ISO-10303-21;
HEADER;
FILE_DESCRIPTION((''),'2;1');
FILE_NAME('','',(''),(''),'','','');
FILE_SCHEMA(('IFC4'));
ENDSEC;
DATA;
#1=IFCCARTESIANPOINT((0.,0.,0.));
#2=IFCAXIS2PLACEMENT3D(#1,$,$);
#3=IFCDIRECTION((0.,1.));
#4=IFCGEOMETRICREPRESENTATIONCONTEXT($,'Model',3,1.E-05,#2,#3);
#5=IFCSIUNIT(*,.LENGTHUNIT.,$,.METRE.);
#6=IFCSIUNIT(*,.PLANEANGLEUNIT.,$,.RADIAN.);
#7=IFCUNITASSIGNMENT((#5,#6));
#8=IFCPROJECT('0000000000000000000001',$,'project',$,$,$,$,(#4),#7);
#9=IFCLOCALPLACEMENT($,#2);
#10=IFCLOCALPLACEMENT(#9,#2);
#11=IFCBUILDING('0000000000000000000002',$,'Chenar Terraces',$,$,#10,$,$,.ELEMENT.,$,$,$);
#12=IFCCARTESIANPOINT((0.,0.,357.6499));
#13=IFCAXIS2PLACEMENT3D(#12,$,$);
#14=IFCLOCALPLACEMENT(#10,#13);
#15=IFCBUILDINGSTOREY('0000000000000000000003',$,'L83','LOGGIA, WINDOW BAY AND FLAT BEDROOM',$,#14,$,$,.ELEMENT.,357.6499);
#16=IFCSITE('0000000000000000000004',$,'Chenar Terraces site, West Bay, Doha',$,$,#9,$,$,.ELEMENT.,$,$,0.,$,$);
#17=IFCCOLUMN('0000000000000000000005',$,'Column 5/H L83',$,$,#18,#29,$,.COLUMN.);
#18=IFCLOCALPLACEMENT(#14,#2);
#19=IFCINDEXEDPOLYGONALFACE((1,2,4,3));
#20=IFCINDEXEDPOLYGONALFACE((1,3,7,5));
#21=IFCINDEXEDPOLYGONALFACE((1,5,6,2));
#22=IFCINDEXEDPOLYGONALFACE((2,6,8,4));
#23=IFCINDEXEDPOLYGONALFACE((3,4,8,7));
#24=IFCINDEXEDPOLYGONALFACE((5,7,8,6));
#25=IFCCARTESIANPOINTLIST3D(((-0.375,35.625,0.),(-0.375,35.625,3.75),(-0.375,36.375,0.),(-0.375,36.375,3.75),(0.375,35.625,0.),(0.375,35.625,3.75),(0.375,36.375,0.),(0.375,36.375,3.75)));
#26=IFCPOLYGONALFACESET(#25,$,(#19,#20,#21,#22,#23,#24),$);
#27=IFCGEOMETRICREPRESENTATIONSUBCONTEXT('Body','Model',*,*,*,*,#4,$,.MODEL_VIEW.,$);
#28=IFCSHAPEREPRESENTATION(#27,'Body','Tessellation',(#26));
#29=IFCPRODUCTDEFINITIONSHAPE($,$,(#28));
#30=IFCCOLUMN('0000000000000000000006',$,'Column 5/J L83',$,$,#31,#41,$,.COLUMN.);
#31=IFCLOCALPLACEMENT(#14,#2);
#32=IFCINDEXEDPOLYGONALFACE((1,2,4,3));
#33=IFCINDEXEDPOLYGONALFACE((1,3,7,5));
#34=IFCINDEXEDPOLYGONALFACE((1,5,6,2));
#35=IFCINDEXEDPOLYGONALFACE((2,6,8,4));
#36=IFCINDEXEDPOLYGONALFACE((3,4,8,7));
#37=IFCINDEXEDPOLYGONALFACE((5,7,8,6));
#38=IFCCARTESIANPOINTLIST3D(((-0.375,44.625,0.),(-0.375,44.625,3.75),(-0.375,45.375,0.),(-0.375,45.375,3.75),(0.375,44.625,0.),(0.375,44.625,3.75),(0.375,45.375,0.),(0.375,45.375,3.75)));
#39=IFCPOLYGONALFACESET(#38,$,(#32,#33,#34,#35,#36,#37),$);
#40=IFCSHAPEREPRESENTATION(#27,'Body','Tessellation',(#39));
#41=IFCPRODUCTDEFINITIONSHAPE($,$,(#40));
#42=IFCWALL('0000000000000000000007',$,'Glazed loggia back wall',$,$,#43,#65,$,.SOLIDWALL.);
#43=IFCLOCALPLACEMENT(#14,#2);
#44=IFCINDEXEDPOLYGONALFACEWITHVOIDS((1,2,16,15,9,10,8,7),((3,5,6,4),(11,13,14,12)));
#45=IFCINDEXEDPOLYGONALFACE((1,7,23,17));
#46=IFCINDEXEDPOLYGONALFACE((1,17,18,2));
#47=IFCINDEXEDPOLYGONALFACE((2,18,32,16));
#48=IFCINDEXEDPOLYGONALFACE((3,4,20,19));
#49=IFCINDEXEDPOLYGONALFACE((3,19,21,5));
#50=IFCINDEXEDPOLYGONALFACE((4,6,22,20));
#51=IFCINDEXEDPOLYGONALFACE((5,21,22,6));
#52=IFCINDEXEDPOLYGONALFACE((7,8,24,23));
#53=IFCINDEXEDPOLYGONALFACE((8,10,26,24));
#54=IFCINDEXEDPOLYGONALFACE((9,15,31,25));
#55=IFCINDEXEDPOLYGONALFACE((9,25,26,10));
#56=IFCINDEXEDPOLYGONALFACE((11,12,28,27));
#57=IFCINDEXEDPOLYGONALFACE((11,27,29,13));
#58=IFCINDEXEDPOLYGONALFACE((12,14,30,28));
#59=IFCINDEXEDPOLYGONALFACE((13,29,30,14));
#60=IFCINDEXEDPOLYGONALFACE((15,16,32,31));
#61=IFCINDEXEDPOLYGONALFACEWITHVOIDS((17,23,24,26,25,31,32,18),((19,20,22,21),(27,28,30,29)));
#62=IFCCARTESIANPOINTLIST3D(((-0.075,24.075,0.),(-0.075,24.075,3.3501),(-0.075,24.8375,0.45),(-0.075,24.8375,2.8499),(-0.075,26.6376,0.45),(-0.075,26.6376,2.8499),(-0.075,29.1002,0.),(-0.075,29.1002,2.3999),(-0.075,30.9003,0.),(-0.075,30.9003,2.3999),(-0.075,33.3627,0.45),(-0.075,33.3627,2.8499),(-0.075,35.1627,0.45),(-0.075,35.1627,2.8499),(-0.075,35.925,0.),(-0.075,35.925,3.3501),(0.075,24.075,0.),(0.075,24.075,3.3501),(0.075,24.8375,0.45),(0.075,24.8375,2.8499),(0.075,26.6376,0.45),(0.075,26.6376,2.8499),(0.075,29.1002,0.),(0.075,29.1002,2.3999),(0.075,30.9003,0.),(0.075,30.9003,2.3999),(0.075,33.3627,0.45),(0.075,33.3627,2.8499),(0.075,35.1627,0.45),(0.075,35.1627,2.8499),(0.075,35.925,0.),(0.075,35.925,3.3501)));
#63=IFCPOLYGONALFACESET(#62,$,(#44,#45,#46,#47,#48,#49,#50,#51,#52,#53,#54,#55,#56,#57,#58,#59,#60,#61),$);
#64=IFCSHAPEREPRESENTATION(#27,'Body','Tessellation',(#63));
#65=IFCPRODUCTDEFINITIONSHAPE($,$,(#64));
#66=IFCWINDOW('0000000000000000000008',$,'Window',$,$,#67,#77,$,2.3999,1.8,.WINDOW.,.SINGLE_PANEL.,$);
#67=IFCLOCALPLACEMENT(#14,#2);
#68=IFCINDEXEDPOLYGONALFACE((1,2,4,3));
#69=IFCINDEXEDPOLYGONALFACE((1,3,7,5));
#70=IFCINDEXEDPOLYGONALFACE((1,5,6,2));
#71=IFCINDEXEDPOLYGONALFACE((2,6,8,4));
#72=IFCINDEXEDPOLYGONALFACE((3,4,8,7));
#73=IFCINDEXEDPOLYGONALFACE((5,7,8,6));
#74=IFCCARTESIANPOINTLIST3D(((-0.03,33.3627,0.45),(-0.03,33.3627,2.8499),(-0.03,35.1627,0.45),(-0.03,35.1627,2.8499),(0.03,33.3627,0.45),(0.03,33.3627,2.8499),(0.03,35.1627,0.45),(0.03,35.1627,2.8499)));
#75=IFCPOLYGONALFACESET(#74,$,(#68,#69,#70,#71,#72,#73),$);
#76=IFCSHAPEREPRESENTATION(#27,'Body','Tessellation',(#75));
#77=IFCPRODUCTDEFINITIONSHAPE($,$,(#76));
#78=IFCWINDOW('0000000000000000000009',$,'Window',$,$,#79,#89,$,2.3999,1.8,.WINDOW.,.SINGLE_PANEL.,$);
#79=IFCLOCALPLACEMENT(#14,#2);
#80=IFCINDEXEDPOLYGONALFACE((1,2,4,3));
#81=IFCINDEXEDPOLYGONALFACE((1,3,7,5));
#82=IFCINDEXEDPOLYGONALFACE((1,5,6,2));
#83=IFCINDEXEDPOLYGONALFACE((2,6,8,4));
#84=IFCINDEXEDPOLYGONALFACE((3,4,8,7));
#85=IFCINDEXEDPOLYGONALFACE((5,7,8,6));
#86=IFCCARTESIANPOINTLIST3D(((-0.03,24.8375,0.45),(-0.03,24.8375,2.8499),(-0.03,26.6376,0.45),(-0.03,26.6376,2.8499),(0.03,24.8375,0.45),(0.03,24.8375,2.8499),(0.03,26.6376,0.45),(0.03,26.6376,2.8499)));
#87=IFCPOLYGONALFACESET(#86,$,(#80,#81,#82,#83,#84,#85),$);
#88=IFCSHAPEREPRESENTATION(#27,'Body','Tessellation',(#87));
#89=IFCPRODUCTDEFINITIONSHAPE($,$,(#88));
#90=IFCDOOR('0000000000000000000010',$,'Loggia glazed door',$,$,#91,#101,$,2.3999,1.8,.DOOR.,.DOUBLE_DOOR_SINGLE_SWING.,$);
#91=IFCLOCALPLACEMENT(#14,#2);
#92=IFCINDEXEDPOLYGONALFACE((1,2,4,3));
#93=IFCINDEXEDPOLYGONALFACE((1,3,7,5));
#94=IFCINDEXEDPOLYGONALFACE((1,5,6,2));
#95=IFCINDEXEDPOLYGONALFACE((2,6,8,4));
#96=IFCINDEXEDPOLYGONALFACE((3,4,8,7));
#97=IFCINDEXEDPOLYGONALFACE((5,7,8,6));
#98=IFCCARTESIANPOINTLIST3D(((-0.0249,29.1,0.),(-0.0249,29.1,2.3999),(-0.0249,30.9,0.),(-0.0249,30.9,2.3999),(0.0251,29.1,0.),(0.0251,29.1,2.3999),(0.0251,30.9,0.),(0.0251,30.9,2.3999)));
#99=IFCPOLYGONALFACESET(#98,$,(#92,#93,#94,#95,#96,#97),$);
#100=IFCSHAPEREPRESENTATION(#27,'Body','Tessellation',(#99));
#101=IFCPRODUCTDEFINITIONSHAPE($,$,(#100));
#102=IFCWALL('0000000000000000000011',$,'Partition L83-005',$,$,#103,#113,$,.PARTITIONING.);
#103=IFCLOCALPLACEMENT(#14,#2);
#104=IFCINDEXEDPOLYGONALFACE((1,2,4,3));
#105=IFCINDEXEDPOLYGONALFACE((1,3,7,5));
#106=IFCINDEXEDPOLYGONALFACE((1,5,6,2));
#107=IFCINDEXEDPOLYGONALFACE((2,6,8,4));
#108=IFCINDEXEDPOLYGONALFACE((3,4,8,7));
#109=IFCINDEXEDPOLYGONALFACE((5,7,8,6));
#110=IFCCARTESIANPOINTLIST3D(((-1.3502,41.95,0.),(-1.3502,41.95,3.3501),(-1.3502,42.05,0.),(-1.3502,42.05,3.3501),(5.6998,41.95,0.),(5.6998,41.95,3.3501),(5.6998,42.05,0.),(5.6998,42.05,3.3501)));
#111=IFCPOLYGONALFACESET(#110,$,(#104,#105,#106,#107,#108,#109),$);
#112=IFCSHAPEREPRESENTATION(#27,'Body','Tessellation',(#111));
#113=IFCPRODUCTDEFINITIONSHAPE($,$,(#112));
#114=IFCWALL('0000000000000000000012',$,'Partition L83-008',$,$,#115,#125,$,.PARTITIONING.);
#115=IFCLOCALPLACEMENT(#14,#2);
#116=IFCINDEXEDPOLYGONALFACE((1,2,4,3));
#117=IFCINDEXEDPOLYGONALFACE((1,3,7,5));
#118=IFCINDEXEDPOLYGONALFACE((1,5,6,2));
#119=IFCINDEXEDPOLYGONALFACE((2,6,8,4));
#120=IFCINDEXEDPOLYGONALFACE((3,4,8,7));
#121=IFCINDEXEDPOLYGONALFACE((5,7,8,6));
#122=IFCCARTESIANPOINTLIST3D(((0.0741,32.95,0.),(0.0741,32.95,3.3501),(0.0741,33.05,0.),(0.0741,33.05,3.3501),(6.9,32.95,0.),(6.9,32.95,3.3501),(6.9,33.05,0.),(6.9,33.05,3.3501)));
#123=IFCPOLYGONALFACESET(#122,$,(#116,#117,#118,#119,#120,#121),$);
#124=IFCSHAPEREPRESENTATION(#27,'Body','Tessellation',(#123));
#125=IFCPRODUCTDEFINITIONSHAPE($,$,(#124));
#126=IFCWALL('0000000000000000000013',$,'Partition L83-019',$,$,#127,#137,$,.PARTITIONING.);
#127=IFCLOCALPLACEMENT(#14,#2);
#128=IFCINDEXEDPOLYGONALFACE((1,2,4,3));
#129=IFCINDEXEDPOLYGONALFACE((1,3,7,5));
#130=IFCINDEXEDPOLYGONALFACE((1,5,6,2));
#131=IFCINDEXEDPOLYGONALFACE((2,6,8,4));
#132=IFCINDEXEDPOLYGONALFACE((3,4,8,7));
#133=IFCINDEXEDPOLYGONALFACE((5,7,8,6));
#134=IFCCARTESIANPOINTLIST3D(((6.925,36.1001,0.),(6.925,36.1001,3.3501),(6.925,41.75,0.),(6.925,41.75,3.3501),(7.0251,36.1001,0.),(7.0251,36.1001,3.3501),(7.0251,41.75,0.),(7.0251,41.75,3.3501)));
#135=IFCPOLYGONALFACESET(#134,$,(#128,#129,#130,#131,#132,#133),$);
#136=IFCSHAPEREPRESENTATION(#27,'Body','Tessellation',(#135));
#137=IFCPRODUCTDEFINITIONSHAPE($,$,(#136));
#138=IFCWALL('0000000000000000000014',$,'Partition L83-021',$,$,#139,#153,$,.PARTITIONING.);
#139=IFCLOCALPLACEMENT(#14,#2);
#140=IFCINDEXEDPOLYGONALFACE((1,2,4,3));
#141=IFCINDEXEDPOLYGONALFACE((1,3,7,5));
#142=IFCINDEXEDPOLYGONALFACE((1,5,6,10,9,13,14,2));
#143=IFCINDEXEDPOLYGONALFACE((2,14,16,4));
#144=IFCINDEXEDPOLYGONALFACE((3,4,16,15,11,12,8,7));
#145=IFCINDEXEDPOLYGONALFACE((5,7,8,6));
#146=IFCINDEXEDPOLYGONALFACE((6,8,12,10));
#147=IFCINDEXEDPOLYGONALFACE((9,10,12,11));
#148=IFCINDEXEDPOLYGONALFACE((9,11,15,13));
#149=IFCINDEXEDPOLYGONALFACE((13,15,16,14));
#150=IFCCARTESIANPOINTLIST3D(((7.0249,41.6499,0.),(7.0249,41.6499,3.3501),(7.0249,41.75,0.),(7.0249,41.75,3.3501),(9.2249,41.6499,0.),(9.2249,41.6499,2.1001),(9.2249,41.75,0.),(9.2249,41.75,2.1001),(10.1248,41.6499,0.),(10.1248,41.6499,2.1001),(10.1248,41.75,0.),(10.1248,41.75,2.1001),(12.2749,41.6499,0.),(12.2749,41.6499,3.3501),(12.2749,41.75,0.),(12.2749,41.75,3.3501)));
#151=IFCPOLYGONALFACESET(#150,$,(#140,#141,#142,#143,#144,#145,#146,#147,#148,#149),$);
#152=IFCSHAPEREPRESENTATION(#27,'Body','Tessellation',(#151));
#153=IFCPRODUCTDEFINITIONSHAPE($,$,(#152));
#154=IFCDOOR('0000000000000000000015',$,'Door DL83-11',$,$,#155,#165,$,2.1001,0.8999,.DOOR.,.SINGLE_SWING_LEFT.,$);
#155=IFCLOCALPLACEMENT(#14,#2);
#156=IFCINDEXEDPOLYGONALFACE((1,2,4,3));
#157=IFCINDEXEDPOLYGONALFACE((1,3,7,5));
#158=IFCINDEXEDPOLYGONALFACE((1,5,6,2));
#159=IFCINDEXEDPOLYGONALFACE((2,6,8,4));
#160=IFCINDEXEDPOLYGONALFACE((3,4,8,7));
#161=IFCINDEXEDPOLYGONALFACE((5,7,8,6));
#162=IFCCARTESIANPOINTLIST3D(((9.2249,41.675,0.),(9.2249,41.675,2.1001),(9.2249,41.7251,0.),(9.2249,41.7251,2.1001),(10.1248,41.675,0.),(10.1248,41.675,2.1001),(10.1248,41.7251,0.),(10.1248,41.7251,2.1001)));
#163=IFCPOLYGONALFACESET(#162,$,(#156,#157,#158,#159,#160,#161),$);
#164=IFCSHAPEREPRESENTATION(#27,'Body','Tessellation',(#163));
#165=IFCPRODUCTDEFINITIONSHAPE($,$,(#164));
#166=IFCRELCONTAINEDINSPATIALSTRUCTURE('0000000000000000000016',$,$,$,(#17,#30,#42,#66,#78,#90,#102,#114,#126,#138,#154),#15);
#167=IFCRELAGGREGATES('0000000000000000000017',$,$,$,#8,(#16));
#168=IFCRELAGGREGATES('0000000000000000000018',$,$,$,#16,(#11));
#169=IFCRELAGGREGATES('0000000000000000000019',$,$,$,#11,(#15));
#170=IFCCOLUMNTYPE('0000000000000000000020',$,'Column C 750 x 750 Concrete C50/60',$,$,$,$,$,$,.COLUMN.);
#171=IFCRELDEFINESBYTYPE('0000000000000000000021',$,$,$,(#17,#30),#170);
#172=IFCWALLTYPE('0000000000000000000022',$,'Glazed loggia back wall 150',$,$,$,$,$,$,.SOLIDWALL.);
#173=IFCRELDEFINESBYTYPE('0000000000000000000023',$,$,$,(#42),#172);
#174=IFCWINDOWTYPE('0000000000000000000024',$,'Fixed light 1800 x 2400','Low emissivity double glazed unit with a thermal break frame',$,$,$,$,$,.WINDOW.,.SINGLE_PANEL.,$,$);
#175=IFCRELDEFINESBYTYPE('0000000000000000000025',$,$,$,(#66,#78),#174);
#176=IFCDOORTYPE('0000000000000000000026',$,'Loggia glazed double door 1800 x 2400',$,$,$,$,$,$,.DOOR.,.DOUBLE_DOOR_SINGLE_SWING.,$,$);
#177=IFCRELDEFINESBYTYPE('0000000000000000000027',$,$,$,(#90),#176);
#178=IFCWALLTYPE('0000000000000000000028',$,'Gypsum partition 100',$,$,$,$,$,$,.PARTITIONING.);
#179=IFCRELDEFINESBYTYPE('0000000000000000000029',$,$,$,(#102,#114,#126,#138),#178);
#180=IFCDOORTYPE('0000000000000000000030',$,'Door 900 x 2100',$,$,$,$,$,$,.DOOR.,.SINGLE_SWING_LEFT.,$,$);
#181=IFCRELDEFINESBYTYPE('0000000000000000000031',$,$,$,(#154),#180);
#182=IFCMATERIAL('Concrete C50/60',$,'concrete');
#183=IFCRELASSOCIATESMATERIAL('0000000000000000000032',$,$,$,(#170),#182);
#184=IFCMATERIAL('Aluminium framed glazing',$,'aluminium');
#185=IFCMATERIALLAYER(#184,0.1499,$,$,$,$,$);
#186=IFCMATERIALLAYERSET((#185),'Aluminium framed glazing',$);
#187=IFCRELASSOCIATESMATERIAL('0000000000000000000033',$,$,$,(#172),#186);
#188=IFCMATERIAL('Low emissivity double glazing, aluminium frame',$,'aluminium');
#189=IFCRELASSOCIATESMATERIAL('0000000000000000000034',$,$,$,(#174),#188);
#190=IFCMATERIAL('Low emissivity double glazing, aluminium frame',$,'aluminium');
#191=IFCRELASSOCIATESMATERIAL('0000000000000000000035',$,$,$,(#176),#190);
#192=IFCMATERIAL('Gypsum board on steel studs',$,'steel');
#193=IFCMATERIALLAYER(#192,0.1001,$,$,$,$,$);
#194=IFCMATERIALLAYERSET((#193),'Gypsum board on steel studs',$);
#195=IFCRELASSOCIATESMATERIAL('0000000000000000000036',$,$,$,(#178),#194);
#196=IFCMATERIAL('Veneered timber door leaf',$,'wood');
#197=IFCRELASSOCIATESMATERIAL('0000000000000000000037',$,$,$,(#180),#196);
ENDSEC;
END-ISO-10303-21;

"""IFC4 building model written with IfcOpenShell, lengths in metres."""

from ifc_helpers import new_model, si_unit, direction, frame, frame_2d, origin, origin_2d, place, context, subcontext, project, spatial, rectangle, extrude, material, layer, layer_set, material_profile, profile_set, type_object, element, fill, save


model = new_model("IFC4")

# Units and contexts
model_context = context("Model", 3, precision=1e-05, world=origin(), true_north=direction((0.0, 1.0)))
body_context = subcontext(model_context, "Body", "Model", "MODEL_VIEW")
ifc_project = project(units=[si_unit("LENGTHUNIT", "METRE"), si_unit("PLANEANGLEUNIT", "RADIAN")], contexts=[model_context])

# Site, building, storey
site_placement = place(None, origin())
site = spatial("IfcSite", under=ifc_project, at=site_placement, Name="Chenar Terraces site, West Bay, Doha", CompositionType="ELEMENT", RefElevation=0.0)
building_placement = place(site_placement, origin())
building = spatial("IfcBuilding", under=site, at=building_placement, Name="Chenar Terraces", CompositionType="ELEMENT")
storey_placement = place(building_placement, frame((0.0, 0.0, 357.6499)))
storey = spatial("IfcBuildingStorey", under=building, at=storey_placement, Name="L83", Description="LOGGIA, WINDOW BAY AND FLAT BEDROOM", CompositionType="ELEMENT", Elevation=357.6499)

# Columns
ifc_material_1 = material(Name="Concrete C50/60", Category="concrete")
ifc_material_profile = material_profile(ifc_material_1, rectangle(XDim=0.75, YDim=0.75, at=origin_2d()), Name="C 750 x 750")
ifc_profile_set = profile_set([ifc_material_profile], Name="Concrete C50/60")
column_type = type_object("IfcColumnType", Name="Column C 750 x 750 Concrete C50/60", PredefinedType="COLUMN", material=ifc_profile_set)
placement = place(storey_placement, frame((0.0, 36.0, 0.0), z_axis=(0.0, 0.0, 1.0), x_axis=(1.0, 0.0, 0.0)))
element("IfcColumn", 1, at=placement, inside=storey, type_object=column_type, Name="Column 5/H L83", PredefinedType="COLUMN", context=body_context, shape_type="SweptSolid", body=[
    extrude(rectangle(XDim=0.75, YDim=0.75, at=origin_2d()), origin(), (0.0, 0.0, 1.0), 3.75),
])
column_1_placement = place(storey_placement, frame((0.0, 45.0, 0.0), z_axis=(0.0, 0.0, 1.0), x_axis=(1.0, 0.0, 0.0)))
element("IfcColumn", 2, at=column_1_placement, inside=storey, type_object=column_type, Name="Column 5/J L83", PredefinedType="COLUMN", context=body_context, shape_type="SweptSolid", body=[
    extrude(rectangle(XDim=0.75, YDim=0.75, at=origin_2d()), origin(), (0.0, 0.0, 1.0), 3.75),
])

# Wall, openings, windows, door
ifc_material_2 = material(Name="Aluminium framed glazing", Category="aluminium")
ifc_layer_1 = layer(ifc_material_2, 0.1499)
ifc_layer_set_1 = layer_set([ifc_layer_1], Name="Aluminium framed glazing")
wall_type_1 = type_object("IfcWallType", Name="Glazed loggia back wall 150", PredefinedType="SOLIDWALL", material=ifc_layer_set_1)
wall_1_placement = place(storey_placement, frame((0.0, 35.925, 0.0), z_axis=(0.0, 0.0, 1.0), x_axis=(0.0, -1.0, 0.0)))
wall_1 = element("IfcWall", 3, at=wall_1_placement, inside=storey, type_object=wall_type_1, Name="Glazed loggia back wall", PredefinedType="SOLIDWALL", context=body_context, shape_type="SweptSolid", body=[
    extrude(rectangle(XDim=11.8501, YDim=0.1499, at=frame_2d((5.925, 0.0))), origin(), (0.0, 0.0, 1.0), 3.3501),
])
opening_1_placement = place(wall_1_placement, frame((0.7625, 0.0, 0.45)))
opening_1 = element("IfcOpeningElement", 4, at=opening_1_placement, cuts=wall_1, PredefinedType="OPENING", context=body_context, shape_type="SweptSolid", body=[
    extrude(rectangle(XDim=1.8, YDim=2.3999, at=frame_2d((0.8999, 1.2))), frame((0.0, 0.085, 0.0), z_axis=(0.0, -1.0, 0.0), x_axis=(1.0, 0.0, 0.0)), (0.0, 0.0, 1.0), 0.1699),
])
opening_2_placement = place(wall_1_placement, frame((5.0249, 0.0, 0.0)))
opening_2 = element("IfcOpeningElement", 5, at=opening_2_placement, cuts=wall_1, PredefinedType="OPENING", context=body_context, shape_type="SweptSolid", body=[
    extrude(rectangle(XDim=1.8, YDim=2.3999, at=frame_2d((0.8999, 1.2))), frame((0.0, 0.085, 0.0), z_axis=(0.0, -1.0, 0.0), x_axis=(1.0, 0.0, 0.0)), (0.0, 0.0, 1.0), 0.1699),
])
opening_3_placement = place(wall_1_placement, frame((9.2876, 0.0, 0.45)))
opening_3 = element("IfcOpeningElement", 6, at=opening_3_placement, cuts=wall_1, PredefinedType="OPENING", context=body_context, shape_type="SweptSolid", body=[
    extrude(rectangle(XDim=1.8, YDim=2.3999, at=frame_2d((0.8999, 1.2))), frame((0.0, 0.085, 0.0), z_axis=(0.0, -1.0, 0.0), x_axis=(1.0, 0.0, 0.0)), (0.0, 0.0, 1.0), 0.1699),
])
ifc_material_3 = material(Name="Low emissivity double glazing, aluminium frame", Category="aluminium")
window_type = type_object("IfcWindowType", Name="Fixed light 1800 x 2400", Description="Low emissivity double glazed unit with a thermal break frame", PartitioningType="SINGLE_PANEL", PredefinedType="WINDOW", material=ifc_material_3)
window_1_placement = place(opening_1_placement, origin())
window_1 = element("IfcWindow", 7, at=window_1_placement, inside=storey, type_object=window_type, Name="Window", OverallHeight=2.3999, OverallWidth=1.8, PartitioningType="SINGLE_PANEL", PredefinedType="WINDOW", context=body_context, shape_type="SweptSolid", body=[
    extrude(rectangle(XDim=1.8, YDim=2.3999, at=frame_2d((0.8999, 1.2))), frame((0.0, 0.03, 0.0), z_axis=(0.0, -1.0, 0.0), x_axis=(1.0, 0.0, 0.0)), (0.0, 0.0, 1.0), 0.0601),
])
fill(opening_1, window_1)
window_2_placement = place(opening_3_placement, origin())
window_2 = element("IfcWindow", 8, at=window_2_placement, inside=storey, type_object=window_type, Name="Window", OverallHeight=2.3999, OverallWidth=1.8, PartitioningType="SINGLE_PANEL", PredefinedType="WINDOW", context=body_context, shape_type="SweptSolid", body=[
    extrude(rectangle(XDim=1.8, YDim=2.3999, at=frame_2d((0.8999, 1.2))), frame((0.0, 0.03, 0.0), z_axis=(0.0, -1.0, 0.0), x_axis=(1.0, 0.0, 0.0)), (0.0, 0.0, 1.0), 0.0601),
])
fill(opening_3, window_2)
ifc_material_4 = material(Name="Low emissivity double glazing, aluminium frame", Category="aluminium")
door_type_1 = type_object("IfcDoorType", Name="Loggia glazed double door 1800 x 2400", OperationType="DOUBLE_DOOR_SINGLE_SWING", PredefinedType="DOOR", material=ifc_material_4)
door_1_placement = place(opening_2_placement, frame((1.8, 0.0, 0.0), z_axis=(0.0, 0.0, 1.0), x_axis=(-1.0, 0.0, 0.0)))
door_1 = element("IfcDoor", 9, at=door_1_placement, inside=storey, type_object=door_type_1, Name="Loggia glazed door", OperationType="DOUBLE_DOOR_SINGLE_SWING", OverallHeight=2.3999, OverallWidth=1.8, PredefinedType="DOOR", context=body_context, shape_type="SweptSolid", body=[
    extrude(rectangle(XDim=1.8, YDim=2.3999, at=frame_2d((0.8999, 1.2))), frame((0.0, 0.0249, 0.0), z_axis=(0.0, -1.0, 0.0), x_axis=(1.0, 0.0, 0.0)), (0.0, 0.0, 1.0), 0.05),
])
fill(opening_2, door_1)

# Walls
ifc_material_5 = material(Name="Gypsum board on steel studs", Category="steel")
ifc_layer_2 = layer(ifc_material_5, 0.1001)
ifc_layer_set_2 = layer_set([ifc_layer_2], Name="Gypsum board on steel studs")
wall_type_2 = type_object("IfcWallType", Name="Gypsum partition 100", PredefinedType="PARTITIONING", material=ifc_layer_set_2)
wall_2_placement = place(storey_placement, frame((-1.3501, 42.0, 0.0), z_axis=(0.0, 0.0, 1.0), x_axis=(1.0, 0.0, 0.0)))
element("IfcWall", 10, at=wall_2_placement, inside=storey, type_object=wall_type_2, Name="Partition L83-005", PredefinedType="PARTITIONING", context=body_context, shape_type="SweptSolid", body=[
    extrude(rectangle(XDim=7.05, YDim=0.1001, at=frame_2d((3.5249, 0.0))), origin(), (0.0, 0.0, 1.0), 3.3501),
])
wall_3_placement = place(storey_placement, frame((0.074, 33.0, 0.0), z_axis=(0.0, 0.0, 1.0), x_axis=(1.0, 0.0, 0.0)))
element("IfcWall", 11, at=wall_3_placement, inside=storey, type_object=wall_type_2, Name="Partition L83-008", PredefinedType="PARTITIONING", context=body_context, shape_type="SweptSolid", body=[
    extrude(rectangle(XDim=6.8259, YDim=0.1001, at=frame_2d((3.4131, 0.0))), origin(), (0.0, 0.0, 1.0), 3.3501),
])
wall_4_placement = place(storey_placement, frame((6.9751, 36.1001, 0.0), z_axis=(0.0, 0.0, 1.0), x_axis=(0.0, 1.0, 0.0)))
element("IfcWall", 12, at=wall_4_placement, inside=storey, type_object=wall_type_2, Name="Partition L83-019", PredefinedType="PARTITIONING", context=body_context, shape_type="SweptSolid", body=[
    extrude(rectangle(XDim=5.6499, YDim=0.1001, at=frame_2d((2.825, 0.0))), origin(), (0.0, 0.0, 1.0), 3.3501),
])

# Wall, opening, door
wall_5_placement = place(storey_placement, frame((7.0249, 41.7, 0.0), z_axis=(0.0, 0.0, 1.0), x_axis=(1.0, 0.0, 0.0)))
wall_5 = element("IfcWall", 13, at=wall_5_placement, inside=storey, type_object=wall_type_2, Name="Partition L83-021", PredefinedType="PARTITIONING", context=body_context, shape_type="SweptSolid", body=[
    extrude(rectangle(XDim=5.25, YDim=0.1001, at=frame_2d((2.625, 0.0))), origin(), (0.0, 0.0, 1.0), 3.3501),
])
opening_4_placement = place(wall_5_placement, frame((2.2, 0.0, 0.0)))
opening_4 = element("IfcOpeningElement", 14, at=opening_4_placement, cuts=wall_5, PredefinedType="OPENING", context=body_context, shape_type="SweptSolid", body=[
    extrude(rectangle(XDim=0.8999, YDim=2.1001, at=frame_2d((0.45, 1.05))), frame((0.0, 0.0601, 0.0), z_axis=(0.0, -1.0, 0.0), x_axis=(1.0, 0.0, 0.0)), (0.0, 0.0, 1.0), 0.1201),
])
ifc_material_6 = material(Name="Veneered timber door leaf", Category="wood")
door_type_2 = type_object("IfcDoorType", Name="Door 900 x 2100", OperationType="SINGLE_SWING_LEFT", PredefinedType="DOOR", material=ifc_material_6)
door_2_placement = place(opening_4_placement, frame((0.8999, 0.0, 0.0), z_axis=(0.0, 0.0, 1.0), x_axis=(-1.0, 0.0, 0.0)))
door_2 = element("IfcDoor", 15, at=door_2_placement, inside=storey, type_object=door_type_2, Name="Door DL83-11", OperationType="SINGLE_SWING_LEFT", OverallHeight=2.1001, OverallWidth=0.8999, PredefinedType="DOOR", context=body_context, shape_type="SweptSolid", body=[
    extrude(rectangle(XDim=0.8999, YDim=2.1001, at=frame_2d((0.45, 1.05))), frame((0.0, 0.0249, 0.0), z_axis=(0.0, -1.0, 0.0), x_axis=(1.0, 0.0, 0.0)), (0.0, 0.0, 1.0), 0.05),
])
fill(opening_4, door_2)

save(model, "model.ifc")
